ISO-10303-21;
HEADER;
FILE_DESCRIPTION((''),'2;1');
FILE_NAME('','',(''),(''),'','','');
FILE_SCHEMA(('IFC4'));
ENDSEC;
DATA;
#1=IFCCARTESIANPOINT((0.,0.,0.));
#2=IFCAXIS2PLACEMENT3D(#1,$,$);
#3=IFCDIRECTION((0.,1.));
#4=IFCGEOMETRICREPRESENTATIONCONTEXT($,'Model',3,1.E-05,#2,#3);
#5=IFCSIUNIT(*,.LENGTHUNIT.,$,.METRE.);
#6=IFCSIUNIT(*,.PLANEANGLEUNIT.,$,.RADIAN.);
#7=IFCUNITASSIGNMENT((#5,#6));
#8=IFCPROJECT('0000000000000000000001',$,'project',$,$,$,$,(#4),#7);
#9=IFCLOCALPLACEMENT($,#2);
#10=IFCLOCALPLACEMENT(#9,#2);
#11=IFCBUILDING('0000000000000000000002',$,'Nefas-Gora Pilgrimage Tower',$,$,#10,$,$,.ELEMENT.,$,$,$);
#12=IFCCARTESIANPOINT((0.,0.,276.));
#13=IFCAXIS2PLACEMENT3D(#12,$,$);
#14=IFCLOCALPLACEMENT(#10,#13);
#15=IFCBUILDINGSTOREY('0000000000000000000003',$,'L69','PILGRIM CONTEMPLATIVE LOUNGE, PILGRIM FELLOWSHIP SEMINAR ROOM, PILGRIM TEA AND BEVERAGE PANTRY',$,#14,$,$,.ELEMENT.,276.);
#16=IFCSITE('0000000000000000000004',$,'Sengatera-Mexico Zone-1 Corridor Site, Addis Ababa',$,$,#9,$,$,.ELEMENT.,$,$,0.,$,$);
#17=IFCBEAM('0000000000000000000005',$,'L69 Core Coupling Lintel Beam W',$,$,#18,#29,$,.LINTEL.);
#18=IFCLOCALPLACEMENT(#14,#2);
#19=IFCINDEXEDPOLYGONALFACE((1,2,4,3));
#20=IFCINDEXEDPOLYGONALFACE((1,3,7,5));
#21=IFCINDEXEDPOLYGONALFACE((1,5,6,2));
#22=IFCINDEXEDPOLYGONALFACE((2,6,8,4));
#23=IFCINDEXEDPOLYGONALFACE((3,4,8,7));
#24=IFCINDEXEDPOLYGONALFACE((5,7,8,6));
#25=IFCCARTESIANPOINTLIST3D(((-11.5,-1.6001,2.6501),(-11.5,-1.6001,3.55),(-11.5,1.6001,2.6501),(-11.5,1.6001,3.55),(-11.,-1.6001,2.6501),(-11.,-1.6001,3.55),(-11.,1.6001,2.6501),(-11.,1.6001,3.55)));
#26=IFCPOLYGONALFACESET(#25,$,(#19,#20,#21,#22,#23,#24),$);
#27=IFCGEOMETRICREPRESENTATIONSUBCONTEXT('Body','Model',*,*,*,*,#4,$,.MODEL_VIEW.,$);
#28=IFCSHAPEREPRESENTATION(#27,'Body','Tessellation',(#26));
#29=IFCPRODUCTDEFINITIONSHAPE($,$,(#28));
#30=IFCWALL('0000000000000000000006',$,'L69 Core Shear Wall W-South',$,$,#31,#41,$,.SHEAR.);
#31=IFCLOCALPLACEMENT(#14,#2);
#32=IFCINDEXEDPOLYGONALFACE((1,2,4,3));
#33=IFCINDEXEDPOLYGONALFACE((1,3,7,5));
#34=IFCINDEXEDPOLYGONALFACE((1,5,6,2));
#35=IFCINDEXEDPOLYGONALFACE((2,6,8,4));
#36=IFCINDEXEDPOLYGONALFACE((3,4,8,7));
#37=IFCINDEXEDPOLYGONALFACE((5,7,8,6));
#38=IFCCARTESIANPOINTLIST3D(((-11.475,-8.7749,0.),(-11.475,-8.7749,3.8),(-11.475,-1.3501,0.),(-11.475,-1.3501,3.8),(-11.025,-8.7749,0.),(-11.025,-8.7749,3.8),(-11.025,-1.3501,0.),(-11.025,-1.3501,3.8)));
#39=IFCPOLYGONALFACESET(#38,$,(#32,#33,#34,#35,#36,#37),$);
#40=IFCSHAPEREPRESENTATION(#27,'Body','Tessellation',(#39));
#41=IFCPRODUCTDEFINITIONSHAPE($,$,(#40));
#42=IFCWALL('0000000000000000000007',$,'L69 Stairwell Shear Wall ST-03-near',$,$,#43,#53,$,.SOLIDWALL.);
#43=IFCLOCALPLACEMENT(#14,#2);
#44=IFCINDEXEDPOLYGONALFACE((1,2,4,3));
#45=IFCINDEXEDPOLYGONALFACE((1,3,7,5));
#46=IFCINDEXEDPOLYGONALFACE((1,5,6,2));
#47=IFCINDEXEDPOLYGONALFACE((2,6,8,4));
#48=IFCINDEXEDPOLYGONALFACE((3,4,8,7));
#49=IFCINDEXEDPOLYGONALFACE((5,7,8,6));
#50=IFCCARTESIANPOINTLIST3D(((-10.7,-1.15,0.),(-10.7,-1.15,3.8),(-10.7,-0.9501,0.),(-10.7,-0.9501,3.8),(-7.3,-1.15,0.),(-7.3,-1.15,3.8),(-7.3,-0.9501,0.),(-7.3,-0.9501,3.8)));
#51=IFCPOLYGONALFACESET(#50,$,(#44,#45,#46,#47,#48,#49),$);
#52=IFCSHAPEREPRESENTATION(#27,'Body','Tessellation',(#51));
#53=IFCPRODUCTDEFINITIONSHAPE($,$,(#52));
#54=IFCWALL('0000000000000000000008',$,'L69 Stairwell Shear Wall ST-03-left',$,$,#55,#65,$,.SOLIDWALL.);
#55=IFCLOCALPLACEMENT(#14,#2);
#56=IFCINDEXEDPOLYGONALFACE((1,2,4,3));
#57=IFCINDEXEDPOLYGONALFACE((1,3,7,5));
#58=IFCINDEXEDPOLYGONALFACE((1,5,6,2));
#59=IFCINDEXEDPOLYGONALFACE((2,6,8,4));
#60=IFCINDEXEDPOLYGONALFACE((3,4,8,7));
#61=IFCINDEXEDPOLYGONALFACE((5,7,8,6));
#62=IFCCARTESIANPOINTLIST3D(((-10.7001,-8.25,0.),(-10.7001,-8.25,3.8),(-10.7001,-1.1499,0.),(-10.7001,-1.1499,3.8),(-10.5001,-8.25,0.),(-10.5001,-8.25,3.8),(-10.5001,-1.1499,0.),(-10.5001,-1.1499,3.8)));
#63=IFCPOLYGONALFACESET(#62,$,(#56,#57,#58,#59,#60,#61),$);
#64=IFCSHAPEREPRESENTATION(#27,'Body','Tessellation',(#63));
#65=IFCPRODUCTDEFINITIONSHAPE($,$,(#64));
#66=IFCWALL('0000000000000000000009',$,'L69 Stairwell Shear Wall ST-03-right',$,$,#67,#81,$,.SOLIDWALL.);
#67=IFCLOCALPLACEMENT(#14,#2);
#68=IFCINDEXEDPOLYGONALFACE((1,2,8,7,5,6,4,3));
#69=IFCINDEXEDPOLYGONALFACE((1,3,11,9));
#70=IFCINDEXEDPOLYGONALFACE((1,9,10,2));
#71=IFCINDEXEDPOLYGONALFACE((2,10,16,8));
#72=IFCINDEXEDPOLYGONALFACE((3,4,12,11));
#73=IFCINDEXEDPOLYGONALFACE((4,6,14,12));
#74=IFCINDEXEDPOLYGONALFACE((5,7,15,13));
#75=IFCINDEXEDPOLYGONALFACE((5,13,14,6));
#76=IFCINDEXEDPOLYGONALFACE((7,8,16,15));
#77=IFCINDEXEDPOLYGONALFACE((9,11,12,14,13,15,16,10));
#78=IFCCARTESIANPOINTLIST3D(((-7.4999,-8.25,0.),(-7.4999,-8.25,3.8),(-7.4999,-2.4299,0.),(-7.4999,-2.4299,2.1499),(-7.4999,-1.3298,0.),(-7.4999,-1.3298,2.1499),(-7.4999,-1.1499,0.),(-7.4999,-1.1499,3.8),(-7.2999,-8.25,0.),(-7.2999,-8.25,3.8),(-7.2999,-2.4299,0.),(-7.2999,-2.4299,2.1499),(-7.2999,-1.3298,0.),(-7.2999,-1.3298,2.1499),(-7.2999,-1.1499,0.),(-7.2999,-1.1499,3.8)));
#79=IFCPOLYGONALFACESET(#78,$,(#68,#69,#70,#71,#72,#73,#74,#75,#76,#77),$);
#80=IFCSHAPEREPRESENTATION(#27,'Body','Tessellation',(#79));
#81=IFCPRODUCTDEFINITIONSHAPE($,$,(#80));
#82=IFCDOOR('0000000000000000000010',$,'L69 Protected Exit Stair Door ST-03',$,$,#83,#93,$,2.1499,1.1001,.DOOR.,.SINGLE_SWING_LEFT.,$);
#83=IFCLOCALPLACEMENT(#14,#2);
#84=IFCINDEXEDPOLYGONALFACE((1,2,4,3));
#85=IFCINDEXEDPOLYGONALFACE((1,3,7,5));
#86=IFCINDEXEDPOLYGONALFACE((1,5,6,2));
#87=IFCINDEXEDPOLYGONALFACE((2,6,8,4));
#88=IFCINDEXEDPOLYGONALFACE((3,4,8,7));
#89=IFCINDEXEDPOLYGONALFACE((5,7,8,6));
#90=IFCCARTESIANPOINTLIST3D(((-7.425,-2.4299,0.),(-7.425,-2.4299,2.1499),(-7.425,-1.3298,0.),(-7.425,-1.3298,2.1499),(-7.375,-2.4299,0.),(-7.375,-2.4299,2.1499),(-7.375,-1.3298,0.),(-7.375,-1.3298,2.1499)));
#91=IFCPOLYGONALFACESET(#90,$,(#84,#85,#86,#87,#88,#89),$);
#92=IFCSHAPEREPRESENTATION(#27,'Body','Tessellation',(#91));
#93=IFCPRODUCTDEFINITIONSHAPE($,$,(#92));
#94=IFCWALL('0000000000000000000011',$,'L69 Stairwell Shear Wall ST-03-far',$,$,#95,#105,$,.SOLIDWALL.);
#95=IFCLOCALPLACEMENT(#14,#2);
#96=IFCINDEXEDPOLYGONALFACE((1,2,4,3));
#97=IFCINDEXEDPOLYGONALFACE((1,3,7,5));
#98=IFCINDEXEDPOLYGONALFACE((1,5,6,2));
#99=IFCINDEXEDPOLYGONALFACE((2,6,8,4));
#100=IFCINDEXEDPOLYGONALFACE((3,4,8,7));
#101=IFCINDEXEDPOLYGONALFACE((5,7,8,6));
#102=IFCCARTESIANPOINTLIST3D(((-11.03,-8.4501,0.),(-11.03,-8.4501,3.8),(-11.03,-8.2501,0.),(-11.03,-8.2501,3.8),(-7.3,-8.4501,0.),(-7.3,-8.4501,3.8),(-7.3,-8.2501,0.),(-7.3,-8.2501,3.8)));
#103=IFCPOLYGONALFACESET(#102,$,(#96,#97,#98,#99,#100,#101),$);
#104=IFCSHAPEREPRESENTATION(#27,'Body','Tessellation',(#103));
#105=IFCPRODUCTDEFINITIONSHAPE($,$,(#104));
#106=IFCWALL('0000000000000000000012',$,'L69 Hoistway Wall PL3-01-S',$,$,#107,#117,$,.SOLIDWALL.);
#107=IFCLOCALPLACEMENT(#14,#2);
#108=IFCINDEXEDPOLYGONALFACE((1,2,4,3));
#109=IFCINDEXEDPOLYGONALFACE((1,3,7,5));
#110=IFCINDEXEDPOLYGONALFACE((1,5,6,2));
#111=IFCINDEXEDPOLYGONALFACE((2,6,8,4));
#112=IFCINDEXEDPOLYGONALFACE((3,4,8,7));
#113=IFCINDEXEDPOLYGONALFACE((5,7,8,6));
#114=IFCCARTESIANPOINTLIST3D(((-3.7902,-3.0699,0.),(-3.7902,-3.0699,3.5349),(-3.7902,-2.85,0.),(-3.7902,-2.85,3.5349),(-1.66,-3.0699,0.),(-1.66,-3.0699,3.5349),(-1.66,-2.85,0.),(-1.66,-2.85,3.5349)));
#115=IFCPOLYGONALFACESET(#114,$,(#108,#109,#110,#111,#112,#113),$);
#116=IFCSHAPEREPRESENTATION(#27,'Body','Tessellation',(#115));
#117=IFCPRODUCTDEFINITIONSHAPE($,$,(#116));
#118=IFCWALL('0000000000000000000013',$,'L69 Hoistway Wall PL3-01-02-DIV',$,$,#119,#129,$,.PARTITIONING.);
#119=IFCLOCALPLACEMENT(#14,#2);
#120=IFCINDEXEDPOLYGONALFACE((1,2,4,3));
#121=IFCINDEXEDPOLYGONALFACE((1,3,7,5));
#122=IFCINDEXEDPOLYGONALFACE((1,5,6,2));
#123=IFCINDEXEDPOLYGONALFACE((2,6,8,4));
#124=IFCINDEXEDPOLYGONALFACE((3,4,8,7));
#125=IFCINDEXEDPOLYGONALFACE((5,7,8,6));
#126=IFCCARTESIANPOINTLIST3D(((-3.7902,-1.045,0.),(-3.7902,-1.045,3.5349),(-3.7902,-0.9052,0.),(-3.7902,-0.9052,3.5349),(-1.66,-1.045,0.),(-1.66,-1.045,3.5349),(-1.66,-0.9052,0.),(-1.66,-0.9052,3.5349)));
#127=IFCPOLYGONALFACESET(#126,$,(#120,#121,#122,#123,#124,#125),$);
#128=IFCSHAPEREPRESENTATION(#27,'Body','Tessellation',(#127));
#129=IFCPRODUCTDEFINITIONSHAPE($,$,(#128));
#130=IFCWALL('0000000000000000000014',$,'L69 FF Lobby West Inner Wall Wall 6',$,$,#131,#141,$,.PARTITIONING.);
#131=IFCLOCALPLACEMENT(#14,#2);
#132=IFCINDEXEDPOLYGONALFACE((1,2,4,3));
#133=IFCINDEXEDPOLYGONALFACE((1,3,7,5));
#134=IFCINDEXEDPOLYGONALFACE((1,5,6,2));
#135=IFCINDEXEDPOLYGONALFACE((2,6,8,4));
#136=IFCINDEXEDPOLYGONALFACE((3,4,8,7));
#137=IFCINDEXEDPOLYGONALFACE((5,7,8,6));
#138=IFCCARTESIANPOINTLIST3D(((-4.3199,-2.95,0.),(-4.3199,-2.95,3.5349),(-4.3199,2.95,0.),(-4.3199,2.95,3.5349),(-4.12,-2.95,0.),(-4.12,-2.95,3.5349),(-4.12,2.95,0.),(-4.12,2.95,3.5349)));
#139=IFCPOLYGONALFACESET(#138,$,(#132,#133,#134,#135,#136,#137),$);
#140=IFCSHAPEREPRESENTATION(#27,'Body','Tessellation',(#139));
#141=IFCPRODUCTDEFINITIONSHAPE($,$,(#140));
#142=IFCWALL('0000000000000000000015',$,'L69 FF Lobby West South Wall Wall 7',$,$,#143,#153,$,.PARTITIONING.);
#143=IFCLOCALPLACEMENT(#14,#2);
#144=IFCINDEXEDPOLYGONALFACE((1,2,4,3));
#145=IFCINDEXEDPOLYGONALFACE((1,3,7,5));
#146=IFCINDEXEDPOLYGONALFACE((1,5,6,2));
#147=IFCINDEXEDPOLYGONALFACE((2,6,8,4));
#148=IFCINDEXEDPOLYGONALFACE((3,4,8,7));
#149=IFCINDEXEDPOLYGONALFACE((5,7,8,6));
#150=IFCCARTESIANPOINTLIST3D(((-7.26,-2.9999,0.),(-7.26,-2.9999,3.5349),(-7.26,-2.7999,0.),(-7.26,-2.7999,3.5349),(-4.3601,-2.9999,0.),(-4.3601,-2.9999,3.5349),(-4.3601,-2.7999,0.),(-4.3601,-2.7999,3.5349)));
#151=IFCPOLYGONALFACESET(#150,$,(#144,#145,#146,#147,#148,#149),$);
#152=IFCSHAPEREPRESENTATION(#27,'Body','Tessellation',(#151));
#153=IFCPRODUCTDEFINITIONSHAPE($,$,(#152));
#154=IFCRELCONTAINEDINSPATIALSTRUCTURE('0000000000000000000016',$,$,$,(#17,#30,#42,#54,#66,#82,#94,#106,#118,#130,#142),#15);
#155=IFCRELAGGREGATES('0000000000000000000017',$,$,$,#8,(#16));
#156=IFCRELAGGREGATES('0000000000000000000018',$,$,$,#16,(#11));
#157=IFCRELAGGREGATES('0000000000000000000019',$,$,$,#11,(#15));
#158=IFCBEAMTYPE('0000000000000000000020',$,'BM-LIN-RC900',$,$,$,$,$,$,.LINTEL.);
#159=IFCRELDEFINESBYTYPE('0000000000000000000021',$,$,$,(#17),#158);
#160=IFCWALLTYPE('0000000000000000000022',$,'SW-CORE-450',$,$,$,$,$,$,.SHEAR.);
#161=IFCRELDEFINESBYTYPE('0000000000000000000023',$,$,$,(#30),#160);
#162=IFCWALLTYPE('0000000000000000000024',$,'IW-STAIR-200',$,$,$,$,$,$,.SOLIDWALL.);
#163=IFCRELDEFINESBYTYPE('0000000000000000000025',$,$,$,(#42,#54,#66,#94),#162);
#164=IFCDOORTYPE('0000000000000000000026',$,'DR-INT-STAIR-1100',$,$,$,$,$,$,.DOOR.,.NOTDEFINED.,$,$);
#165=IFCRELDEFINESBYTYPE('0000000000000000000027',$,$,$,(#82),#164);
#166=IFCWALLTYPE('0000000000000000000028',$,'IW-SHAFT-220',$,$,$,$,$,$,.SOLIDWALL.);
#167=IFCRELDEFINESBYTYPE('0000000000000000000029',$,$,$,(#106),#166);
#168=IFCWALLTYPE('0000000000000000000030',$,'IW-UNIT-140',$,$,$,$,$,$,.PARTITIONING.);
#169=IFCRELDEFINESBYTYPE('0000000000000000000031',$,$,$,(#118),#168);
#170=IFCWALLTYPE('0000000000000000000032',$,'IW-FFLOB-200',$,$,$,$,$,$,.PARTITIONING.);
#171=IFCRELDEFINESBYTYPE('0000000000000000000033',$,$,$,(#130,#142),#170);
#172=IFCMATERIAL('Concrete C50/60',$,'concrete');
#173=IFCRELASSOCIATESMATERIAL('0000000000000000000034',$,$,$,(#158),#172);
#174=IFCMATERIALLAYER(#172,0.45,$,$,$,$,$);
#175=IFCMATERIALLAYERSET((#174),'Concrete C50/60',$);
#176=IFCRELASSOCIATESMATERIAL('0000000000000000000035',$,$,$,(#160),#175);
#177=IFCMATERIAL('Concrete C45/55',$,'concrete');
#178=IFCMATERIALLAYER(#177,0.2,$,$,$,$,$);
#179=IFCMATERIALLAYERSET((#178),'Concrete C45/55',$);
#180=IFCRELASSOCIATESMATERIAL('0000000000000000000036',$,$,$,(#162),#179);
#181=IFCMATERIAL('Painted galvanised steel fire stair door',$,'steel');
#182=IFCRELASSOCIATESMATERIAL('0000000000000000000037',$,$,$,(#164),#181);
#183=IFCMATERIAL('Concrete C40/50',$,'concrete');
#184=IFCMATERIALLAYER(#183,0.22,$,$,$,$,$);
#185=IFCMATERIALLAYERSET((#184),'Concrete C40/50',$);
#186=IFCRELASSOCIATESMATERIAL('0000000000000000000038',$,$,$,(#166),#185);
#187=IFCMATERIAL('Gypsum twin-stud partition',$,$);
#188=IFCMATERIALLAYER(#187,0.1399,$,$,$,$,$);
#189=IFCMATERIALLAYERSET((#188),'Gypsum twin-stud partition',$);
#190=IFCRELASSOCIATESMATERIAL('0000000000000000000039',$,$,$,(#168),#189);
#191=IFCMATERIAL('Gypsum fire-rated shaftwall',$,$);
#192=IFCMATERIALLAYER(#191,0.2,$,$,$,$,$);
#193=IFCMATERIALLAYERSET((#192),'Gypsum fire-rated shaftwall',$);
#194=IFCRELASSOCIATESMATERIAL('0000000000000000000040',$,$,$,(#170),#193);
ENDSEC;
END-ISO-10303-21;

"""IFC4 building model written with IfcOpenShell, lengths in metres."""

from ifc_helpers import new_model, si_unit, direction, frame, frame_2d, origin, origin_2d, place, context, subcontext, project, spatial, rectangle, extrude, source, transform, mapped, material, layer, layer_set, material_profile, profile_set, type_object, element, fill, save


model = new_model("IFC4")

# Units and contexts
model_context = context("Model", 3, precision=1e-05, world=origin(), true_north=direction((0.0, 1.0)))
body_context = subcontext(model_context, "Body", "Model", "MODEL_VIEW")
ifc_project = project(units=[si_unit("LENGTHUNIT", "METRE"), si_unit("PLANEANGLEUNIT", "RADIAN")], contexts=[model_context])

# Site, building, storey
site_placement = place(None, origin())
site = spatial("IfcSite", under=ifc_project, at=site_placement, Name="Sengatera-Mexico Zone-1 Corridor Site, Addis Ababa", CompositionType="ELEMENT", RefElevation=0.0)
building_placement = place(site_placement, origin())
building = spatial("IfcBuilding", under=site, at=building_placement, Name="Nefas-Gora Pilgrimage Tower", CompositionType="ELEMENT")
storey_placement = place(building_placement, frame((0.0, 0.0, 276.0)))
storey = spatial("IfcBuildingStorey", under=building, at=storey_placement, Name="L69", Description="PILGRIM CONTEMPLATIVE LOUNGE, PILGRIM FELLOWSHIP SEMINAR ROOM, PILGRIM TEA AND BEVERAGE PANTRY", CompositionType="ELEMENT", Elevation=276.0)

# Beam
ifc_material_1 = material(Name="Concrete C50/60", Category="concrete")
ifc_material_profile = material_profile(ifc_material_1, rectangle(XDim=0.5, YDim=0.8999, at=origin_2d()), Name="RC 500x900")
ifc_profile_set = profile_set([ifc_material_profile], Name="Concrete C50/60")
beam_type = type_object("IfcBeamType", Name="BM-LIN-RC900", PredefinedType="LINTEL", material=ifc_profile_set)
shared_shape_1 = source(origin(), body_context, "Body", "SweptSolid", [
    extrude(rectangle(XDim=0.5, YDim=0.8999, at=origin_2d()), origin(), (0.0, 0.0, 1.0), 3.2002),
])
beam_placement = place(storey_placement, frame((-11.25, -1.6001, 3.1001), z_axis=(0.0, 1.0, 0.0), x_axis=(-1.0, 0.0, 0.0)))
element("IfcBeam", 1, at=beam_placement, inside=storey, type_object=beam_type, Name="L69 Core Coupling Lintel Beam W", PredefinedType="LINTEL", context=body_context, shape_type="MappedRepresentation", body=[
    mapped(shared_shape_1, transform((0.0, 0.0, 0.0), x_axis=(1.0, 0.0, 0.0), y_axis=(0.0, 1.0, 0.0), z_axis=(0.0, 0.0, 1.0), scale=1.0)),
])

# Walls
ifc_layer_1 = layer(ifc_material_1, 0.45)
ifc_layer_set_1 = layer_set([ifc_layer_1], Name="Concrete C50/60")
wall_type_1 = type_object("IfcWallType", Name="SW-CORE-450", PredefinedType="SHEAR", material=ifc_layer_set_1)
shared_shape_2 = source(origin(), body_context, "Body", "SweptSolid", [
    extrude(rectangle(XDim=7.4248, YDim=0.45, at=frame_2d((3.7124, 0.0))), origin(), (0.0, 0.0, 1.0), 3.8),
])
wall_1_placement = place(storey_placement, frame((-11.25, -8.7749, 0.0), z_axis=(0.0, 0.0, 1.0), x_axis=(0.0, 1.0, 0.0)))
element("IfcWall", 2, at=wall_1_placement, inside=storey, type_object=wall_type_1, Name="L69 Core Shear Wall W-South", PredefinedType="SHEAR", context=body_context, shape_type="MappedRepresentation", body=[
    mapped(shared_shape_2, transform((0.0, 0.0, 0.0), x_axis=(1.0, 0.0, 0.0), y_axis=(0.0, 1.0, 0.0), z_axis=(0.0, 0.0, 1.0), scale=1.0)),
])
ifc_material_2 = material(Name="Concrete C45/55", Category="concrete")
ifc_layer_2 = layer(ifc_material_2, 0.2)
ifc_layer_set_2 = layer_set([ifc_layer_2], Name="Concrete C45/55")
wall_type_2 = type_object("IfcWallType", Name="IW-STAIR-200", PredefinedType="SOLIDWALL", material=ifc_layer_set_2)
shared_shape_3 = source(origin(), body_context, "Body", "SweptSolid", [
    extrude(rectangle(XDim=3.3999, YDim=0.2, at=frame_2d((1.7, 0.0))), origin(), (0.0, 0.0, 1.0), 3.8),
])
wall_2_placement = place(storey_placement, frame((-10.7, -1.05, 0.0), z_axis=(0.0, 0.0, 1.0), x_axis=(1.0, 0.0, 0.0)))
element("IfcWall", 3, at=wall_2_placement, inside=storey, type_object=wall_type_2, Name="L69 Stairwell Shear Wall ST-03-near", PredefinedType="SOLIDWALL", context=body_context, shape_type="MappedRepresentation", body=[
    mapped(shared_shape_3, transform((0.0, 0.0, 0.0), x_axis=(1.0, 0.0, 0.0), y_axis=(0.0, 1.0, 0.0), z_axis=(0.0, 0.0, 1.0), scale=1.0)),
])
shared_shape_4 = source(origin(), body_context, "Body", "SweptSolid", [
    extrude(rectangle(XDim=7.1001, YDim=0.2, at=frame_2d((3.55, 0.0))), origin(), (0.0, 0.0, 1.0), 3.8),
])
wall_3_placement = place(storey_placement, frame((-10.6001, -1.1499, 0.0), z_axis=(0.0, 0.0, 1.0), x_axis=(0.0, -1.0, 0.0)))
element("IfcWall", 4, at=wall_3_placement, inside=storey, type_object=wall_type_2, Name="L69 Stairwell Shear Wall ST-03-left", PredefinedType="SOLIDWALL", context=body_context, shape_type="MappedRepresentation", body=[
    mapped(shared_shape_4, transform((0.0, 0.0, 0.0), x_axis=(1.0, 0.0, 0.0), y_axis=(0.0, 1.0, 0.0), z_axis=(0.0, 0.0, 1.0), scale=1.0)),
])

# Wall, opening, door
wall_4_placement = place(storey_placement, frame((-7.3999, -1.1499, 0.0), z_axis=(0.0, 0.0, 1.0), x_axis=(0.0, -1.0, 0.0)))
wall_4 = element("IfcWall", 5, at=wall_4_placement, inside=storey, type_object=wall_type_2, Name="L69 Stairwell Shear Wall ST-03-right", PredefinedType="SOLIDWALL", context=body_context, shape_type="MappedRepresentation", body=[
    mapped(shared_shape_4, transform((0.0, 0.0, 0.0), x_axis=(1.0, 0.0, 0.0), y_axis=(0.0, 1.0, 0.0), z_axis=(0.0, 0.0, 1.0), scale=1.0)),
])
opening_placement = place(wall_4_placement, frame((0.1799, 0.0, 0.0)))
opening = element("IfcOpeningElement", 6, at=opening_placement, cuts=wall_4, PredefinedType="OPENING", context=body_context, shape_type="SweptSolid", body=[
    extrude(rectangle(XDim=1.1001, YDim=2.1499, at=frame_2d((0.55, 1.075))), frame((0.0, 0.1099, 0.0), z_axis=(0.0, -1.0, 0.0), x_axis=(1.0, 0.0, 0.0)), (0.0, 0.0, 1.0), 0.22),
])
ifc_material_3 = material(Name="Painted galvanised steel fire stair door", Category="steel")
door_type = type_object("IfcDoorType", Name="DR-INT-STAIR-1100", OperationType="NOTDEFINED", PredefinedType="DOOR", material=ifc_material_3)
shared_shape_5 = source(origin(), body_context, "Body", "SweptSolid", [
    extrude(rectangle(XDim=1.1001, YDim=2.1499, at=frame_2d((0.55, 1.075))), frame((0.0, 0.0249, 0.0), z_axis=(0.0, -1.0, 0.0), x_axis=(1.0, 0.0, 0.0)), (0.0, 0.0, 1.0), 0.05),
])
door_placement = place(opening_placement, origin())
door = element("IfcDoor", 7, at=door_placement, inside=storey, type_object=door_type, Name="L69 Protected Exit Stair Door ST-03", OperationType="SINGLE_SWING_LEFT", OverallHeight=2.1499, OverallWidth=1.1001, PredefinedType="DOOR", context=body_context, shape_type="MappedRepresentation", body=[
    mapped(shared_shape_5, transform((0.0, 0.0, 0.0), x_axis=(1.0, 0.0, 0.0), y_axis=(0.0, 1.0, 0.0), z_axis=(0.0, 0.0, 1.0), scale=1.0)),
])
fill(opening, door)

# Walls
shared_shape_6 = source(origin(), body_context, "Body", "SweptSolid", [
    extrude(rectangle(XDim=3.73, YDim=0.2, at=frame_2d((1.865, 0.0))), origin(), (0.0, 0.0, 1.0), 3.8),
])
wall_5_placement = place(storey_placement, frame((-11.03, -8.3501, 0.0), z_axis=(0.0, 0.0, 1.0), x_axis=(1.0, 0.0, 0.0)))
element("IfcWall", 8, at=wall_5_placement, inside=storey, type_object=wall_type_2, Name="L69 Stairwell Shear Wall ST-03-far", PredefinedType="SOLIDWALL", context=body_context, shape_type="MappedRepresentation", body=[
    mapped(shared_shape_6, transform((0.0, 0.0, 0.0), x_axis=(1.0, 0.0, 0.0), y_axis=(0.0, 1.0, 0.0), z_axis=(0.0, 0.0, 1.0), scale=1.0)),
])
ifc_material_4 = material(Name="Concrete C40/50", Category="concrete")
ifc_layer_3 = layer(ifc_material_4, 0.22)
ifc_layer_set_3 = layer_set([ifc_layer_3], Name="Concrete C40/50")
wall_type_3 = type_object("IfcWallType", Name="IW-SHAFT-220", PredefinedType="SOLIDWALL", material=ifc_layer_set_3)
shared_shape_7 = source(origin(), body_context, "Body", "SweptSolid", [
    extrude(rectangle(XDim=2.1301, YDim=0.22, at=frame_2d((1.0649, 0.0))), origin(), (0.0, 0.0, 1.0), 3.5349),
])
wall_6_placement = place(storey_placement, frame((-3.79, -2.96, 0.0), z_axis=(0.0, 0.0, 1.0), x_axis=(1.0, 0.0, 0.0)))
element("IfcWall", 9, at=wall_6_placement, inside=storey, type_object=wall_type_3, Name="L69 Hoistway Wall PL3-01-S", PredefinedType="SOLIDWALL", context=body_context, shape_type="MappedRepresentation", body=[
    mapped(shared_shape_7, transform((0.0, 0.0, 0.0), x_axis=(1.0, 0.0, 0.0), y_axis=(0.0, 1.0, 0.0), z_axis=(0.0, 0.0, 1.0), scale=1.0)),
])
ifc_material_5 = material(Name="Gypsum twin-stud partition")
ifc_layer_4 = layer(ifc_material_5, 0.1399)
ifc_layer_set_4 = layer_set([ifc_layer_4], Name="Gypsum twin-stud partition")
wall_type_4 = type_object("IfcWallType", Name="IW-UNIT-140", PredefinedType="PARTITIONING", material=ifc_layer_set_4)
shared_shape_8 = source(origin(), body_context, "Body", "SweptSolid", [
    extrude(rectangle(XDim=2.1301, YDim=0.1399, at=frame_2d((1.0649, 0.0))), origin(), (0.0, 0.0, 1.0), 3.5349),
])
wall_7_placement = place(storey_placement, frame((-3.79, -0.9751, 0.0), z_axis=(0.0, 0.0, 1.0), x_axis=(1.0, 0.0, 0.0)))
element("IfcWall", 10, at=wall_7_placement, inside=storey, type_object=wall_type_4, Name="L69 Hoistway Wall PL3-01-02-DIV", PredefinedType="PARTITIONING", context=body_context, shape_type="MappedRepresentation", body=[
    mapped(shared_shape_8, transform((0.0, 0.0, 0.0), x_axis=(1.0, 0.0, 0.0), y_axis=(0.0, 1.0, 0.0), z_axis=(0.0, 0.0, 1.0), scale=1.0)),
])
ifc_material_6 = material(Name="Gypsum fire-rated shaftwall")
ifc_layer_5 = layer(ifc_material_6, 0.2)
ifc_layer_set_5 = layer_set([ifc_layer_5], Name="Gypsum fire-rated shaftwall")
wall_type_5 = type_object("IfcWallType", Name="IW-FFLOB-200", PredefinedType="PARTITIONING", material=ifc_layer_set_5)
shared_shape_9 = source(origin(), body_context, "Body", "SweptSolid", [
    extrude(rectangle(XDim=5.8999, YDim=0.2, at=frame_2d((2.95, 0.0))), origin(), (0.0, 0.0, 1.0), 3.5349),
])
wall_8_placement = place(storey_placement, frame((-4.22, -2.95, 0.0), z_axis=(0.0, 0.0, 1.0), x_axis=(0.0, 1.0, 0.0)))
element("IfcWall", 11, at=wall_8_placement, inside=storey, type_object=wall_type_5, Name="L69 FF Lobby West Inner Wall Wall 6", PredefinedType="PARTITIONING", context=body_context, shape_type="MappedRepresentation", body=[
    mapped(shared_shape_9, transform((0.0, 0.0, 0.0), x_axis=(1.0, 0.0, 0.0), y_axis=(0.0, 1.0, 0.0), z_axis=(0.0, 0.0, 1.0), scale=1.0)),
])
shared_shape_10 = source(origin(), body_context, "Body", "SweptSolid", [
    extrude(rectangle(XDim=2.8999, YDim=0.2, at=frame_2d((1.45, 0.0))), origin(), (0.0, 0.0, 1.0), 3.5349),
])
wall_9_placement = place(storey_placement, frame((-7.26, -2.8999, 0.0), z_axis=(0.0, 0.0, 1.0), x_axis=(1.0, 0.0, 0.0)))
element("IfcWall", 12, at=wall_9_placement, inside=storey, type_object=wall_type_5, Name="L69 FF Lobby West South Wall Wall 7", PredefinedType="PARTITIONING", context=body_context, shape_type="MappedRepresentation", body=[
    mapped(shared_shape_10, transform((0.0, 0.0, 0.0), x_axis=(1.0, 0.0, 0.0), y_axis=(0.0, 1.0, 0.0), z_axis=(0.0, 0.0, 1.0), scale=1.0)),
])

save(model, "model.ifc")
